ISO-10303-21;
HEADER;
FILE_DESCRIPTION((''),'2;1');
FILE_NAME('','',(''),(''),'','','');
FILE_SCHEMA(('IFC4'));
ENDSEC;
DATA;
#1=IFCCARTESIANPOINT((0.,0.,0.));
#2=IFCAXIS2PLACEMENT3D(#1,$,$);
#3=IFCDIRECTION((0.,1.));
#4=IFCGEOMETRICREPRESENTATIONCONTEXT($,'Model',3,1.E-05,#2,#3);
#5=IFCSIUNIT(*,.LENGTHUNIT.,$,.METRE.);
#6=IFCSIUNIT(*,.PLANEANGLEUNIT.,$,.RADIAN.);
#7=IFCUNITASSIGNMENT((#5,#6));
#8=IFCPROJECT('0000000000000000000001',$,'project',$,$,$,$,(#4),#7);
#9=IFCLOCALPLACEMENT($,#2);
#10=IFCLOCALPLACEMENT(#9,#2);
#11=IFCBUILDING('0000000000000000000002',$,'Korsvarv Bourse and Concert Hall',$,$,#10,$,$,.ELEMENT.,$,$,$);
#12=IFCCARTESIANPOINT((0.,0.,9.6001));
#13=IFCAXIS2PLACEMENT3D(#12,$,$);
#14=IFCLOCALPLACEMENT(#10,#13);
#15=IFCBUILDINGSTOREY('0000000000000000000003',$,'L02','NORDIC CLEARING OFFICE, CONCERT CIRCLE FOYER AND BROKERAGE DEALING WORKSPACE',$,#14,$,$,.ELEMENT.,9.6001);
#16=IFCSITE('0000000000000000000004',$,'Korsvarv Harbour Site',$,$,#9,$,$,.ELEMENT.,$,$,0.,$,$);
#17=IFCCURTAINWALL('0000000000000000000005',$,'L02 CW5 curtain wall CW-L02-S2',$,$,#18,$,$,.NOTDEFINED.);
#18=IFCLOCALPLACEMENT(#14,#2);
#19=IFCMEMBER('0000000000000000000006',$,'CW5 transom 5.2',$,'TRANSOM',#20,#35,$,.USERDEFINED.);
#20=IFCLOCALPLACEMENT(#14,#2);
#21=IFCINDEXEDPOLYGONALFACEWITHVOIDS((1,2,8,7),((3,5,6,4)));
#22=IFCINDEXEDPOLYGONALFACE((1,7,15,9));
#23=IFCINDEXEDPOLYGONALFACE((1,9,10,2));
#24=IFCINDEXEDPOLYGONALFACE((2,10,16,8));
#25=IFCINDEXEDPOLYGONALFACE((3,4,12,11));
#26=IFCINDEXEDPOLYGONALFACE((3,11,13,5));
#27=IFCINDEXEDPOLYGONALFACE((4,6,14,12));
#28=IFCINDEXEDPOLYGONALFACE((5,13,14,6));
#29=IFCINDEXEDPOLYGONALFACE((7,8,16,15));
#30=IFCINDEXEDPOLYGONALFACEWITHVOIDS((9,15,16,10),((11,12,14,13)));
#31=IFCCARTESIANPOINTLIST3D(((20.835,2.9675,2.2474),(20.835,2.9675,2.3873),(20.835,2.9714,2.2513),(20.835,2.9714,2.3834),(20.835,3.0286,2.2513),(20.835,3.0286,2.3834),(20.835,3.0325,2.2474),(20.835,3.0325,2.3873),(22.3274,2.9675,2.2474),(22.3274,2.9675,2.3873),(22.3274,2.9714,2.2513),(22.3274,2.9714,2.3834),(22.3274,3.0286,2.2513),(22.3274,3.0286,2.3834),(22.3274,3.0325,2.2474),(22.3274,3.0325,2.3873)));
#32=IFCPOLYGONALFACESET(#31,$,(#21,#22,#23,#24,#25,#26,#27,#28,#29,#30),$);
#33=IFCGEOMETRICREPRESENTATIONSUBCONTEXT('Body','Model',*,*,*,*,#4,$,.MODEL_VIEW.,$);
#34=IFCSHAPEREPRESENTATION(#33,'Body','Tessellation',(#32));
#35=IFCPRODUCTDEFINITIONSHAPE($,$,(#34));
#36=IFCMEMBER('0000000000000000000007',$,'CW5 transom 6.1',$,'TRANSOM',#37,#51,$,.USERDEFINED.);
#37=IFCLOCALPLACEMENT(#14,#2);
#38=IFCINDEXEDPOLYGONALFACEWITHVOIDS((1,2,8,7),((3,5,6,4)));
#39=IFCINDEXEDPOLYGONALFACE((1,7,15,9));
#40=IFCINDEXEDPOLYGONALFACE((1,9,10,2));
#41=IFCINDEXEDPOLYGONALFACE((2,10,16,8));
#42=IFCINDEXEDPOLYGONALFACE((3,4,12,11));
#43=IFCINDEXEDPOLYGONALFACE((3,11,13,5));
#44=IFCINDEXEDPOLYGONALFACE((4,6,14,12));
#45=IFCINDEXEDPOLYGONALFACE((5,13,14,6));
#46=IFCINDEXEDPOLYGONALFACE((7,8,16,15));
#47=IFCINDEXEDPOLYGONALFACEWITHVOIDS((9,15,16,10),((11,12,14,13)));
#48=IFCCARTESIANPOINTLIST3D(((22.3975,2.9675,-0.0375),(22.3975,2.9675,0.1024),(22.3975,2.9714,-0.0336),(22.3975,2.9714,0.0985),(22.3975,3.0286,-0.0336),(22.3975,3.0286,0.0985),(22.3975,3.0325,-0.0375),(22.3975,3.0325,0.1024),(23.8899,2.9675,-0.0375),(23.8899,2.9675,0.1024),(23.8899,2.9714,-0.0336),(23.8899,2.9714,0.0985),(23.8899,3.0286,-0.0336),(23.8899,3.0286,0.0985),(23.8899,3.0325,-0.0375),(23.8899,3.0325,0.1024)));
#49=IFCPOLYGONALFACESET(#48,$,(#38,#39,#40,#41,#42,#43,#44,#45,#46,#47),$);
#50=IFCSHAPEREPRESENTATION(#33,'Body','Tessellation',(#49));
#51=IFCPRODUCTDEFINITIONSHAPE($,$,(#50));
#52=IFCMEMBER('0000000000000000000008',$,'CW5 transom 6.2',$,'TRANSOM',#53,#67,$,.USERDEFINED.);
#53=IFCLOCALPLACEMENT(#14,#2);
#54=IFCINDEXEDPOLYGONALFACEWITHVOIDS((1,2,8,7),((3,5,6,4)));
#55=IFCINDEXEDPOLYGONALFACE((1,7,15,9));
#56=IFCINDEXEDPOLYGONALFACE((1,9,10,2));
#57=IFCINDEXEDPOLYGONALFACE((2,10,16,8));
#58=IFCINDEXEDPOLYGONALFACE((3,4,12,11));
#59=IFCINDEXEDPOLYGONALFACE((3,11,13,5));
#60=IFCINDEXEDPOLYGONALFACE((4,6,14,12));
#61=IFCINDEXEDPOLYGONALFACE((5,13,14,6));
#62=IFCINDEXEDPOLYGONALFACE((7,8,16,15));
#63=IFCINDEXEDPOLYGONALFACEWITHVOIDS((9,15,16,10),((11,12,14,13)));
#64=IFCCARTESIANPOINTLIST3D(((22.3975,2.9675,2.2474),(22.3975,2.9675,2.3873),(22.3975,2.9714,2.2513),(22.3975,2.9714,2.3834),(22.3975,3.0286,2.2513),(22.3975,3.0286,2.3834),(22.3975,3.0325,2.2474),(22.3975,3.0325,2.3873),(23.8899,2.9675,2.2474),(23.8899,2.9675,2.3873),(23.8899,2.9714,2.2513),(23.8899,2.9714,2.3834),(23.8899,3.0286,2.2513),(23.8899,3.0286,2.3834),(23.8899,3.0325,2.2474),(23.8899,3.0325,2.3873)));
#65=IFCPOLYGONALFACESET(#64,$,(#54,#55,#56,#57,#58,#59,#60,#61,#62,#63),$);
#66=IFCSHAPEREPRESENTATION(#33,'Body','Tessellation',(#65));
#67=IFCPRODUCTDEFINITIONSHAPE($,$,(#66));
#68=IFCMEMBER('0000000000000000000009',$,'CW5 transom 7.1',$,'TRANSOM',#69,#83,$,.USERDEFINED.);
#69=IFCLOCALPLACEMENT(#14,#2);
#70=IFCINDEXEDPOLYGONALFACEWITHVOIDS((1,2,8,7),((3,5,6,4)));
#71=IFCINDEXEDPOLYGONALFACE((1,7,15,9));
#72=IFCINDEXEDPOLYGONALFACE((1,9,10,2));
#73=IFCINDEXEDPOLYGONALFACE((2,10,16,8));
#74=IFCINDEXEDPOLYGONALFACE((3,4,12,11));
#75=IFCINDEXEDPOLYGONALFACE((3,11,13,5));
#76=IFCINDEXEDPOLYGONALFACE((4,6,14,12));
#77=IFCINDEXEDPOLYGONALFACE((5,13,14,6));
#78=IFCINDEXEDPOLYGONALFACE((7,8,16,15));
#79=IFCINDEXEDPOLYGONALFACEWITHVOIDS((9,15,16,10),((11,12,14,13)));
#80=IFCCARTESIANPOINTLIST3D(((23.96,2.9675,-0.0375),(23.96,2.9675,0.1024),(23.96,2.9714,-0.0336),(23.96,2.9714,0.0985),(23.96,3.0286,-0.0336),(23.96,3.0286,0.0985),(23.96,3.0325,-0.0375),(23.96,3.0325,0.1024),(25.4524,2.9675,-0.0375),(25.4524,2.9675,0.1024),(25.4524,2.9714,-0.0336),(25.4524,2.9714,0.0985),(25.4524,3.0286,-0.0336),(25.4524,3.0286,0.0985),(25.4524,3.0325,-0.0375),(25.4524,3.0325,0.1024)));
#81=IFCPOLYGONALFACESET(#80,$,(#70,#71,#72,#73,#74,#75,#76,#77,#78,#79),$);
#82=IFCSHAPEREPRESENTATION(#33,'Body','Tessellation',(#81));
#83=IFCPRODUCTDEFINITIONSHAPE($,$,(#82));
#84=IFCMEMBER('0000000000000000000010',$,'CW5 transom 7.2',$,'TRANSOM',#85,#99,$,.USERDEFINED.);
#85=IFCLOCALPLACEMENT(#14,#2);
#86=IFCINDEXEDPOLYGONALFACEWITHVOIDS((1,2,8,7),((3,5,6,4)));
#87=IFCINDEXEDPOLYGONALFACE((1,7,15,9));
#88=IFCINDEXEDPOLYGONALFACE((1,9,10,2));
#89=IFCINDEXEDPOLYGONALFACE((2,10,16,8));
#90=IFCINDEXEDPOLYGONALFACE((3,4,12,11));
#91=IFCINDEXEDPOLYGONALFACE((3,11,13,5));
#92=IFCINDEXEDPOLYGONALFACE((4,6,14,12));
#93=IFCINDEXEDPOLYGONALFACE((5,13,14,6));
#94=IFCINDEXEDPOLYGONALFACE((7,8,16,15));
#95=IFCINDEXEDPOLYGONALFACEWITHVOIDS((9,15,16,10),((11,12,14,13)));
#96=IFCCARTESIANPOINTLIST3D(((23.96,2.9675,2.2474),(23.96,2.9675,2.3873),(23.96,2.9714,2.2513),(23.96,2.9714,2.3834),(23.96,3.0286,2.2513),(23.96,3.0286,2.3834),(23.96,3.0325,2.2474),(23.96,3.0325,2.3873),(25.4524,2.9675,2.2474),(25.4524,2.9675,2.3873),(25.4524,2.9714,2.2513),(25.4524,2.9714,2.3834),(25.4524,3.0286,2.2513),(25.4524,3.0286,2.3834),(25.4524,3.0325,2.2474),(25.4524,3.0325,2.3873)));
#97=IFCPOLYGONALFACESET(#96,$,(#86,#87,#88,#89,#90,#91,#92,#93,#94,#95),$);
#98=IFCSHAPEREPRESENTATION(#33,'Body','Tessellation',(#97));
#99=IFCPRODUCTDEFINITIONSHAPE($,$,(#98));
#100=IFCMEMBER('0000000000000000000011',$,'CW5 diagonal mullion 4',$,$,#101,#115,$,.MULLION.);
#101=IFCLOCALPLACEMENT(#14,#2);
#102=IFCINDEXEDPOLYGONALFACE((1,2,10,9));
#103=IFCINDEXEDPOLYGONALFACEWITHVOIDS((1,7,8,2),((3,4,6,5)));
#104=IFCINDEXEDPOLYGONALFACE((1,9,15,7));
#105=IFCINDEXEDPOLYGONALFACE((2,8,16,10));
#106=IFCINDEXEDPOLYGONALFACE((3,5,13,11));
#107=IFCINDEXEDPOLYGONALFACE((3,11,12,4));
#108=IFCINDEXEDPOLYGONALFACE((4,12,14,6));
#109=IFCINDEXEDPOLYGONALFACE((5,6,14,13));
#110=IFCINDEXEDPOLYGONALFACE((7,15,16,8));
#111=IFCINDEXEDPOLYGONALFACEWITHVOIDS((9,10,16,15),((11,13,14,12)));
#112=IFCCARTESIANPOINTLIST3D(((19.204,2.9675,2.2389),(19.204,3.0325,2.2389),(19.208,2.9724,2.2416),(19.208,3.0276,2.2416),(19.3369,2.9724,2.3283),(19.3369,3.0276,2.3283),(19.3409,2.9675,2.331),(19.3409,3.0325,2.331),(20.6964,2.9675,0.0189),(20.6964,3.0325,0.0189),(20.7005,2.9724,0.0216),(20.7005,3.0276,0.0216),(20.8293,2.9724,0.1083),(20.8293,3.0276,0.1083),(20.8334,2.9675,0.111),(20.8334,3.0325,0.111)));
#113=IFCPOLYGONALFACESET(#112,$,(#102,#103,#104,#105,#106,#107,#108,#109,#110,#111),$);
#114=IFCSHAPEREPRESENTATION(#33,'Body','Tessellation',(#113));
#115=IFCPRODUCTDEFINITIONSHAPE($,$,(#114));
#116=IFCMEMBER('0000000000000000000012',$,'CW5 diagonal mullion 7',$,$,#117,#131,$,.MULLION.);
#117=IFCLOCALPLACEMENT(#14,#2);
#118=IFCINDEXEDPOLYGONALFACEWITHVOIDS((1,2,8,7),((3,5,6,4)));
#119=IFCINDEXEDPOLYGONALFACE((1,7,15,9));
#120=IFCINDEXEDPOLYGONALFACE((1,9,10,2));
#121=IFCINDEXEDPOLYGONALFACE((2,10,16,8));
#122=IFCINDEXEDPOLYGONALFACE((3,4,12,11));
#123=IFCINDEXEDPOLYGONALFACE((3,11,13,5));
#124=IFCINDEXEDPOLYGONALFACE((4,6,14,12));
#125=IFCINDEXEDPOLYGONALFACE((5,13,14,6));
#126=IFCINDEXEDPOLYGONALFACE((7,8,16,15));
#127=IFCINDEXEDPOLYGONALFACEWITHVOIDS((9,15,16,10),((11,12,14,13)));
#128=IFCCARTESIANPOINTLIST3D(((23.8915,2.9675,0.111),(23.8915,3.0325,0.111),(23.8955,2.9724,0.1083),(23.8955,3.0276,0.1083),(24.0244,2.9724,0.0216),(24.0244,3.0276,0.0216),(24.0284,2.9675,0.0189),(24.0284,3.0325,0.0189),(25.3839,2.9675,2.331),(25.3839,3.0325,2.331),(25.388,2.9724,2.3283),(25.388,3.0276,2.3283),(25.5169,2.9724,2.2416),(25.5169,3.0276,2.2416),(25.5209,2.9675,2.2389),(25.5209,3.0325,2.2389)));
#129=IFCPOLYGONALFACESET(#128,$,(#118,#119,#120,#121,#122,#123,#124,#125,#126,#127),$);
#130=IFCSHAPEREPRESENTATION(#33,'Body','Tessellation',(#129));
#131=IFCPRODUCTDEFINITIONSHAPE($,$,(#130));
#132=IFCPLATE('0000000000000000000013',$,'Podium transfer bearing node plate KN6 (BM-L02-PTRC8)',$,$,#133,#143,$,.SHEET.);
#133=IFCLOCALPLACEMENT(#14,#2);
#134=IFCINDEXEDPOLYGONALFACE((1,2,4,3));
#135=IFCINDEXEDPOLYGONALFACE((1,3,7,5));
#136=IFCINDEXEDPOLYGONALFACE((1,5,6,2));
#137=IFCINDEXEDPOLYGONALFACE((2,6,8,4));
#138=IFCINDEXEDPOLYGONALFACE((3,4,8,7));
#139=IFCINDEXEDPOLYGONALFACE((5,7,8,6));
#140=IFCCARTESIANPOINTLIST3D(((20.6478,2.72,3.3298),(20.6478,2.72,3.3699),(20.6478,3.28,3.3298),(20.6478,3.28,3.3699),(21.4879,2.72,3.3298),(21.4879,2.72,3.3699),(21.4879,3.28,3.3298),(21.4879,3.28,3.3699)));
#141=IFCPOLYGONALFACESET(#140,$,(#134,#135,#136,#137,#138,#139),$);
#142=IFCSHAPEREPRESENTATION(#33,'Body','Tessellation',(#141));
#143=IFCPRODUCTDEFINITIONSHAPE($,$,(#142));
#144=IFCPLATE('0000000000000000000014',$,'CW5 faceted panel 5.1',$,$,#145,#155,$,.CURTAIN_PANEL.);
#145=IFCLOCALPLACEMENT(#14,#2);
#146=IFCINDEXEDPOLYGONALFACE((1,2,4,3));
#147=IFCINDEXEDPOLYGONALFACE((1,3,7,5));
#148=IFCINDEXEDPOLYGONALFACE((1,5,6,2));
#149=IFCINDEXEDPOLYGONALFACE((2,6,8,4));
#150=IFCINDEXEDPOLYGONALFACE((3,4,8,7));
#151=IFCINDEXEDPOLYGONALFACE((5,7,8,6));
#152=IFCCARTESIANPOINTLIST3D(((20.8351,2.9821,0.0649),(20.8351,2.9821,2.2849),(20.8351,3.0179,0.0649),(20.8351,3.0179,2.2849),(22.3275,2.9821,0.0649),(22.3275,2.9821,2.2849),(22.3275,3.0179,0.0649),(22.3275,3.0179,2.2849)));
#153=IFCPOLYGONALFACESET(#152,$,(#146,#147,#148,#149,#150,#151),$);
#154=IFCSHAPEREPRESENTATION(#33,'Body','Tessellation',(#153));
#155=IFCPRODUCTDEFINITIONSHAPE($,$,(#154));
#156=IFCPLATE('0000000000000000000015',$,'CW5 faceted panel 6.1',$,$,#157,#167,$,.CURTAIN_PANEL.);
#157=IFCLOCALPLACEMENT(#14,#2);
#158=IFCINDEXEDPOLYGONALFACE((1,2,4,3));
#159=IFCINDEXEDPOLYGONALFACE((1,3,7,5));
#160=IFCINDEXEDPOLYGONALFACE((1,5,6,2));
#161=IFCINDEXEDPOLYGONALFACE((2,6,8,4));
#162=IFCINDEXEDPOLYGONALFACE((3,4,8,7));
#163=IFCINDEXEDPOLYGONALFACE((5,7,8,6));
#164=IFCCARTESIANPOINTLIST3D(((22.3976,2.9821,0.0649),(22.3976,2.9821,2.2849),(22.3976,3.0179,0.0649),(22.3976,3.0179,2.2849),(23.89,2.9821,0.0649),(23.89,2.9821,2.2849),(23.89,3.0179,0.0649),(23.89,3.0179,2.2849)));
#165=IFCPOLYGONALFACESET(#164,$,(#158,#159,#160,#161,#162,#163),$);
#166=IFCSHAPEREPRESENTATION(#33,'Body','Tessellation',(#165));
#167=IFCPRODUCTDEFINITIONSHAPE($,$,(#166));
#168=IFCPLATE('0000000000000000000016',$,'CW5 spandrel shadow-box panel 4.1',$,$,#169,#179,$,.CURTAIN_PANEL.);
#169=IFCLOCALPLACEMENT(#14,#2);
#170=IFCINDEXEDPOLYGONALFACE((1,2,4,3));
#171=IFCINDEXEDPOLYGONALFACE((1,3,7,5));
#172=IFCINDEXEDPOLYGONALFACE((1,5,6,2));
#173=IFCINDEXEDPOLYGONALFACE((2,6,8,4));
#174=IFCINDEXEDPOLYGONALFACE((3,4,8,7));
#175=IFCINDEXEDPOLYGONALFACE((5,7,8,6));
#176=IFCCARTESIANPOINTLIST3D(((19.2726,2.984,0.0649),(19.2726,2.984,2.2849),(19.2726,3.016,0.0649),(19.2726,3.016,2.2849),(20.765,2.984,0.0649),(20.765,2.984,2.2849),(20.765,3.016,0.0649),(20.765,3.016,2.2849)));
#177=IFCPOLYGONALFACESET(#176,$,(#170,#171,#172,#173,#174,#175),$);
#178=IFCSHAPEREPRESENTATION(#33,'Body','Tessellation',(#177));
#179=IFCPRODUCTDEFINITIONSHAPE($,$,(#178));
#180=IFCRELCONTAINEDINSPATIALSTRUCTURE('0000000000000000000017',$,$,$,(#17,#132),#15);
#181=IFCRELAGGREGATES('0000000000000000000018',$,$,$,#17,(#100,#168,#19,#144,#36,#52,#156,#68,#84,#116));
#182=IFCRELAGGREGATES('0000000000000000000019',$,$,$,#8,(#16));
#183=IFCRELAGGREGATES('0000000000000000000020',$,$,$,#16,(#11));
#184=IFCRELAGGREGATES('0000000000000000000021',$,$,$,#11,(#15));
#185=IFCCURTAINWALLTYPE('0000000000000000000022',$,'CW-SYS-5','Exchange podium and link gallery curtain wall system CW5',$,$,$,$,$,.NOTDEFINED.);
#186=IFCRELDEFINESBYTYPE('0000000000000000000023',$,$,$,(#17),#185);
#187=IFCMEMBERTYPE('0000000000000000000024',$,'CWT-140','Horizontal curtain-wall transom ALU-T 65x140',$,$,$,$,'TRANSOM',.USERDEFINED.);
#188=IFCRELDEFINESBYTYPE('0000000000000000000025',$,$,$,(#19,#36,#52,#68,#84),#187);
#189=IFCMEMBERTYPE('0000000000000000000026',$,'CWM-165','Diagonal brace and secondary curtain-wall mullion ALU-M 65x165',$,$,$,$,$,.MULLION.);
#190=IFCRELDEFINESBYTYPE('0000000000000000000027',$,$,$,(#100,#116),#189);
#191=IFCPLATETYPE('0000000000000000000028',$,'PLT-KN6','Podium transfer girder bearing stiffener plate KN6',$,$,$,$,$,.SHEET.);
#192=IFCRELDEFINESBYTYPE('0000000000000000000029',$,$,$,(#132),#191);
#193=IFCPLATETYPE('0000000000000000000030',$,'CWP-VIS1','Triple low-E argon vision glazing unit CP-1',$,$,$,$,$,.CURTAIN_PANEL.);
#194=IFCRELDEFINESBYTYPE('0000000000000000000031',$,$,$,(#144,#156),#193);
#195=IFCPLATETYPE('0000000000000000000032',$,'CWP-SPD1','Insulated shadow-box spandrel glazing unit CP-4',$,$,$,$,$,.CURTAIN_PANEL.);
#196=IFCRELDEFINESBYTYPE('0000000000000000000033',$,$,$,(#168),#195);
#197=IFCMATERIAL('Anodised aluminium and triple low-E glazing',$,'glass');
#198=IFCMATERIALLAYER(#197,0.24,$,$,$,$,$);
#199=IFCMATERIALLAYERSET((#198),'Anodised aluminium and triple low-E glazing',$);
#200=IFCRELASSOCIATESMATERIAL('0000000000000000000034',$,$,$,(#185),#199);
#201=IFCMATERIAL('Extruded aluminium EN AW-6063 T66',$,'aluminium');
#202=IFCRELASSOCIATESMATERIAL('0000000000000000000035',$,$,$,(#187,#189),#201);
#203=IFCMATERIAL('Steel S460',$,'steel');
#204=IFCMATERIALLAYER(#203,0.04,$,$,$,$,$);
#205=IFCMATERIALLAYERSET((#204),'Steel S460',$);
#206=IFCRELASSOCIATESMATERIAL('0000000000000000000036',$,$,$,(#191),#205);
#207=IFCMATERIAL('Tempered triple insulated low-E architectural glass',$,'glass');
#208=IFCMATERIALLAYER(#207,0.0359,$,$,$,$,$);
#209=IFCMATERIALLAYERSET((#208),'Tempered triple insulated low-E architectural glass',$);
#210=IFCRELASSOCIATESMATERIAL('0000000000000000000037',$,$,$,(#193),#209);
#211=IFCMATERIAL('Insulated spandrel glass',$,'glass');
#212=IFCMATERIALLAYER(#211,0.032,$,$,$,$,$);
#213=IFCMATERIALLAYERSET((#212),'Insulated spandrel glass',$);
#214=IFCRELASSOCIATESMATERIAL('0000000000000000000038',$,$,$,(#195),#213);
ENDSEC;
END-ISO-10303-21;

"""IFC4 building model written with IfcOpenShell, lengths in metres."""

from ifc_helpers import new_model, si_unit, direction, frame, origin, origin_2d, place, context, subcontext, project, spatial, rectangle, hollow_rectangle, extrude, source, transform, mapped, material, layer, layer_set, material_profile, profile_set, type_object, element, aggregate, save


model = new_model("IFC4")

# Units and contexts
model_context = context("Model", 3, precision=1e-05, world=origin(), true_north=direction((0.0, 1.0)))
body_context = subcontext(model_context, "Body", "Model", "MODEL_VIEW")
ifc_project = project(units=[si_unit("LENGTHUNIT", "METRE"), si_unit("PLANEANGLEUNIT", "RADIAN")], contexts=[model_context])

# Site, building, storey
site_placement = place(None, origin())
site = spatial("IfcSite", under=ifc_project, at=site_placement, Name="Korsvarv Harbour Site", CompositionType="ELEMENT", RefElevation=0.0)
building_placement = place(site_placement, origin())
building = spatial("IfcBuilding", under=site, at=building_placement, Name="Korsvarv Bourse and Concert Hall", CompositionType="ELEMENT")
storey_placement = place(building_placement, frame((0.0, 0.0, 9.6001)))
storey = spatial("IfcBuildingStorey", under=building, at=storey_placement, Name="L02", Description="NORDIC CLEARING OFFICE, CONCERT CIRCLE FOYER AND BROKERAGE DEALING WORKSPACE", CompositionType="ELEMENT", Elevation=9.6001)

# Curtain wall, members
ifc_material_1 = material(Name="Anodised aluminium and triple low-E glazing", Category="glass")
ifc_layer_1 = layer(ifc_material_1, 0.24)
ifc_layer_set_1 = layer_set([ifc_layer_1], Name="Anodised aluminium and triple low-E glazing")
curtain_wall_type = type_object("IfcCurtainWallType", Name="CW-SYS-5", Description="Exchange podium and link gallery curtain wall system CW5", PredefinedType="NOTDEFINED", material=ifc_layer_set_1)
curtain_wall_placement = place(storey_placement, origin())
curtain_wall = element("IfcCurtainWall", 1, at=curtain_wall_placement, inside=storey, type_object=curtain_wall_type, Name="L02 CW5 curtain wall CW-L02-S2", PredefinedType="NOTDEFINED")
ifc_material_2 = material(Name="Extruded aluminium EN AW-6063 T66", Category="aluminium")
ifc_material_profile_1 = material_profile(ifc_material_2, hollow_rectangle(XDim=0.0649, YDim=0.1399, WallThickness=0.0039, at=origin_2d()), Name="ALU-T 65x140")
ifc_profile_set_1 = profile_set([ifc_material_profile_1], Name="Extruded aluminium EN AW-6063 T66")
member_type_1 = type_object("IfcMemberType", Name="CWT-140", Description="Horizontal curtain-wall transom ALU-T 65x140", ElementType="TRANSOM", PredefinedType="USERDEFINED", material=ifc_profile_set_1)
shared_shape_1 = source(origin(), body_context, "Body", "SweptSolid", [
    extrude(hollow_rectangle(XDim=0.0649, YDim=0.1399, WallThickness=0.0039, at=origin_2d()), origin(), (0.0, 0.0, 1.0), 1.4924),
])
member_1_placement = place(storey_placement, frame((20.835, 3.0, 2.3174), z_axis=(1.0, 0.0, 0.0), x_axis=(0.0, 1.0, 0.0)))
member_1 = element("IfcMember", 2, at=member_1_placement, type_object=member_type_1, Name="CW5 transom 5.2", ObjectType="TRANSOM", PredefinedType="USERDEFINED", context=body_context, shape_type="MappedRepresentation", body=[
    mapped(shared_shape_1, transform((0.0, 0.0, 0.0), scale=1.0)),
])
member_2_placement = place(storey_placement, frame((22.3975, 3.0, 0.0325), z_axis=(1.0, 0.0, 0.0), x_axis=(0.0, 1.0, 0.0)))
member_2 = element("IfcMember", 3, at=member_2_placement, type_object=member_type_1, Name="CW5 transom 6.1", ObjectType="TRANSOM", PredefinedType="USERDEFINED", context=body_context, shape_type="MappedRepresentation", body=[
    mapped(shared_shape_1, transform((0.0, 0.0, 0.0), scale=1.0)),
])
member_3_placement = place(storey_placement, frame((22.3975, 3.0, 2.3174), z_axis=(1.0, 0.0, 0.0), x_axis=(0.0, 1.0, 0.0)))
member_3 = element("IfcMember", 4, at=member_3_placement, type_object=member_type_1, Name="CW5 transom 6.2", ObjectType="TRANSOM", PredefinedType="USERDEFINED", context=body_context, shape_type="MappedRepresentation", body=[
    mapped(shared_shape_1, transform((0.0, 0.0, 0.0), scale=1.0)),
])
member_4_placement = place(storey_placement, frame((23.96, 3.0, 0.0325), z_axis=(1.0, 0.0, 0.0), x_axis=(0.0, 1.0, 0.0)))
member_4 = element("IfcMember", 5, at=member_4_placement, type_object=member_type_1, Name="CW5 transom 7.1", ObjectType="TRANSOM", PredefinedType="USERDEFINED", context=body_context, shape_type="MappedRepresentation", body=[
    mapped(shared_shape_1, transform((0.0, 0.0, 0.0), scale=1.0)),
])
member_5_placement = place(storey_placement, frame((23.96, 3.0, 2.3174), z_axis=(1.0, 0.0, 0.0), x_axis=(0.0, 1.0, 0.0)))
member_5 = element("IfcMember", 6, at=member_5_placement, type_object=member_type_1, Name="CW5 transom 7.2", ObjectType="TRANSOM", PredefinedType="USERDEFINED", context=body_context, shape_type="MappedRepresentation", body=[
    mapped(shared_shape_1, transform((0.0, 0.0, 0.0), scale=1.0)),
])
ifc_material_profile_2 = material_profile(ifc_material_2, hollow_rectangle(XDim=0.0649, YDim=0.165, WallThickness=0.0049, at=origin_2d()), Name="ALU-M 65x165")
ifc_profile_set_2 = profile_set([ifc_material_profile_2], Name="Extruded aluminium EN AW-6063 T66")
member_type_2 = type_object("IfcMemberType", Name="CWM-165", Description="Diagonal brace and secondary curtain-wall mullion ALU-M 65x165", PredefinedType="MULLION", material=ifc_profile_set_2)
shared_shape_2 = source(origin(), body_context, "Body", "SweptSolid", [
    extrude(hollow_rectangle(XDim=0.0649, YDim=0.165, WallThickness=0.0049, at=origin_2d()), origin(), (0.0, 0.0, 1.0), 2.675),
])
member_6_placement = place(storey_placement, frame((20.7649, 3.0, 0.0649), z_axis=(-0.557918, 0.0, 0.829896), x_axis=(0.0, -1.0, 0.0)))
member_6 = element("IfcMember", 7, at=member_6_placement, type_object=member_type_2, Name="CW5 diagonal mullion 4", PredefinedType="MULLION", context=body_context, shape_type="MappedRepresentation", body=[
    mapped(shared_shape_2, transform((0.0, 0.0, 0.0), scale=1.0)),
])
member_7_placement = place(storey_placement, frame((23.96, 3.0, 0.0649), z_axis=(0.557918, 0.0, 0.829896), x_axis=(0.0, 1.0, 0.0)))
member_7 = element("IfcMember", 8, at=member_7_placement, type_object=member_type_2, Name="CW5 diagonal mullion 7", PredefinedType="MULLION", context=body_context, shape_type="MappedRepresentation", body=[
    mapped(shared_shape_2, transform((0.0, 0.0, 0.0), scale=1.0)),
])

# Plates
ifc_material_3 = material(Name="Steel S460", Category="steel")
ifc_layer_2 = layer(ifc_material_3, 0.04)
ifc_layer_set_2 = layer_set([ifc_layer_2], Name="Steel S460")
plate_type_1 = type_object("IfcPlateType", Name="PLT-KN6", Description="Podium transfer girder bearing stiffener plate KN6", PredefinedType="SHEET", material=ifc_layer_set_2)
shared_shape_3 = source(origin(), body_context, "Body", "SweptSolid", [
    extrude(rectangle(XDim=0.8401, YDim=0.5601, at=origin_2d()), origin(), (0.0, 0.0, 1.0), 0.04),
])
plate_1_placement = place(storey_placement, frame((21.0679, 3.0, 3.3298), z_axis=(0.0, 0.0, 1.0), x_axis=(1.0, 0.0, 0.0)))
element("IfcPlate", 9, at=plate_1_placement, inside=storey, type_object=plate_type_1, Name="Podium transfer bearing node plate KN6 (BM-L02-PTRC8)", PredefinedType="SHEET", context=body_context, shape_type="MappedRepresentation", body=[
    mapped(shared_shape_3, transform((0.0, 0.0, 0.0), scale=1.0)),
])
ifc_material_4 = material(Name="Tempered triple insulated low-E architectural glass", Category="glass")
ifc_layer_3 = layer(ifc_material_4, 0.0359)
ifc_layer_set_3 = layer_set([ifc_layer_3], Name="Tempered triple insulated low-E architectural glass")
plate_type_2 = type_object("IfcPlateType", Name="CWP-VIS1", Description="Triple low-E argon vision glazing unit CP-1", PredefinedType="CURTAIN_PANEL", material=ifc_layer_set_3)
shared_shape_4 = source(origin(), body_context, "Body", "SweptSolid", [
    extrude(rectangle(XDim=1.4924, YDim=0.0359, at=origin_2d()), origin(), (0.0, 0.0, 1.0), 2.22),
])
plate_2_placement = place(storey_placement, frame((21.5813, 3.0, 0.0649), z_axis=(0.0, 0.0, 1.0), x_axis=(1.0, 0.0, 0.0)))
plate_2 = element("IfcPlate", 10, at=plate_2_placement, type_object=plate_type_2, Name="CW5 faceted panel 5.1", PredefinedType="CURTAIN_PANEL", context=body_context, shape_type="MappedRepresentation", body=[
    mapped(shared_shape_4, transform((0.0, 0.0, 0.0), scale=1.0)),
])
plate_3_placement = place(storey_placement, frame((23.1438, 3.0, 0.0649), z_axis=(0.0, 0.0, 1.0), x_axis=(1.0, 0.0, 0.0)))
plate_3 = element("IfcPlate", 11, at=plate_3_placement, type_object=plate_type_2, Name="CW5 faceted panel 6.1", PredefinedType="CURTAIN_PANEL", context=body_context, shape_type="MappedRepresentation", body=[
    mapped(shared_shape_4, transform((0.0, 0.0, 0.0), scale=1.0)),
])
ifc_material_5 = material(Name="Insulated spandrel glass", Category="glass")
ifc_layer_4 = layer(ifc_material_5, 0.032)
ifc_layer_set_4 = layer_set([ifc_layer_4], Name="Insulated spandrel glass")
plate_type_3 = type_object("IfcPlateType", Name="CWP-SPD1", Description="Insulated shadow-box spandrel glazing unit CP-4", PredefinedType="CURTAIN_PANEL", material=ifc_layer_set_4)
shared_shape_5 = source(origin(), body_context, "Body", "SweptSolid", [
    extrude(rectangle(XDim=1.4924, YDim=0.032, at=origin_2d()), origin(), (0.0, 0.0, 1.0), 2.22),
])
plate_4_placement = place(storey_placement, frame((20.0188, 3.0, 0.0649), z_axis=(0.0, 0.0, 1.0), x_axis=(1.0, 0.0, 0.0)))
plate_4 = element("IfcPlate", 12, at=plate_4_placement, type_object=plate_type_3, Name="CW5 spandrel shadow-box panel 4.1", PredefinedType="CURTAIN_PANEL", context=body_context, shape_type="MappedRepresentation", body=[
    mapped(shared_shape_5, transform((0.0, 0.0, 0.0), scale=1.0)),
])
aggregate(curtain_wall, [member_6, plate_4, member_1, plate_2, member_2, member_3, plate_3, member_4, member_5, member_7])

save(model, "model.ifc")
